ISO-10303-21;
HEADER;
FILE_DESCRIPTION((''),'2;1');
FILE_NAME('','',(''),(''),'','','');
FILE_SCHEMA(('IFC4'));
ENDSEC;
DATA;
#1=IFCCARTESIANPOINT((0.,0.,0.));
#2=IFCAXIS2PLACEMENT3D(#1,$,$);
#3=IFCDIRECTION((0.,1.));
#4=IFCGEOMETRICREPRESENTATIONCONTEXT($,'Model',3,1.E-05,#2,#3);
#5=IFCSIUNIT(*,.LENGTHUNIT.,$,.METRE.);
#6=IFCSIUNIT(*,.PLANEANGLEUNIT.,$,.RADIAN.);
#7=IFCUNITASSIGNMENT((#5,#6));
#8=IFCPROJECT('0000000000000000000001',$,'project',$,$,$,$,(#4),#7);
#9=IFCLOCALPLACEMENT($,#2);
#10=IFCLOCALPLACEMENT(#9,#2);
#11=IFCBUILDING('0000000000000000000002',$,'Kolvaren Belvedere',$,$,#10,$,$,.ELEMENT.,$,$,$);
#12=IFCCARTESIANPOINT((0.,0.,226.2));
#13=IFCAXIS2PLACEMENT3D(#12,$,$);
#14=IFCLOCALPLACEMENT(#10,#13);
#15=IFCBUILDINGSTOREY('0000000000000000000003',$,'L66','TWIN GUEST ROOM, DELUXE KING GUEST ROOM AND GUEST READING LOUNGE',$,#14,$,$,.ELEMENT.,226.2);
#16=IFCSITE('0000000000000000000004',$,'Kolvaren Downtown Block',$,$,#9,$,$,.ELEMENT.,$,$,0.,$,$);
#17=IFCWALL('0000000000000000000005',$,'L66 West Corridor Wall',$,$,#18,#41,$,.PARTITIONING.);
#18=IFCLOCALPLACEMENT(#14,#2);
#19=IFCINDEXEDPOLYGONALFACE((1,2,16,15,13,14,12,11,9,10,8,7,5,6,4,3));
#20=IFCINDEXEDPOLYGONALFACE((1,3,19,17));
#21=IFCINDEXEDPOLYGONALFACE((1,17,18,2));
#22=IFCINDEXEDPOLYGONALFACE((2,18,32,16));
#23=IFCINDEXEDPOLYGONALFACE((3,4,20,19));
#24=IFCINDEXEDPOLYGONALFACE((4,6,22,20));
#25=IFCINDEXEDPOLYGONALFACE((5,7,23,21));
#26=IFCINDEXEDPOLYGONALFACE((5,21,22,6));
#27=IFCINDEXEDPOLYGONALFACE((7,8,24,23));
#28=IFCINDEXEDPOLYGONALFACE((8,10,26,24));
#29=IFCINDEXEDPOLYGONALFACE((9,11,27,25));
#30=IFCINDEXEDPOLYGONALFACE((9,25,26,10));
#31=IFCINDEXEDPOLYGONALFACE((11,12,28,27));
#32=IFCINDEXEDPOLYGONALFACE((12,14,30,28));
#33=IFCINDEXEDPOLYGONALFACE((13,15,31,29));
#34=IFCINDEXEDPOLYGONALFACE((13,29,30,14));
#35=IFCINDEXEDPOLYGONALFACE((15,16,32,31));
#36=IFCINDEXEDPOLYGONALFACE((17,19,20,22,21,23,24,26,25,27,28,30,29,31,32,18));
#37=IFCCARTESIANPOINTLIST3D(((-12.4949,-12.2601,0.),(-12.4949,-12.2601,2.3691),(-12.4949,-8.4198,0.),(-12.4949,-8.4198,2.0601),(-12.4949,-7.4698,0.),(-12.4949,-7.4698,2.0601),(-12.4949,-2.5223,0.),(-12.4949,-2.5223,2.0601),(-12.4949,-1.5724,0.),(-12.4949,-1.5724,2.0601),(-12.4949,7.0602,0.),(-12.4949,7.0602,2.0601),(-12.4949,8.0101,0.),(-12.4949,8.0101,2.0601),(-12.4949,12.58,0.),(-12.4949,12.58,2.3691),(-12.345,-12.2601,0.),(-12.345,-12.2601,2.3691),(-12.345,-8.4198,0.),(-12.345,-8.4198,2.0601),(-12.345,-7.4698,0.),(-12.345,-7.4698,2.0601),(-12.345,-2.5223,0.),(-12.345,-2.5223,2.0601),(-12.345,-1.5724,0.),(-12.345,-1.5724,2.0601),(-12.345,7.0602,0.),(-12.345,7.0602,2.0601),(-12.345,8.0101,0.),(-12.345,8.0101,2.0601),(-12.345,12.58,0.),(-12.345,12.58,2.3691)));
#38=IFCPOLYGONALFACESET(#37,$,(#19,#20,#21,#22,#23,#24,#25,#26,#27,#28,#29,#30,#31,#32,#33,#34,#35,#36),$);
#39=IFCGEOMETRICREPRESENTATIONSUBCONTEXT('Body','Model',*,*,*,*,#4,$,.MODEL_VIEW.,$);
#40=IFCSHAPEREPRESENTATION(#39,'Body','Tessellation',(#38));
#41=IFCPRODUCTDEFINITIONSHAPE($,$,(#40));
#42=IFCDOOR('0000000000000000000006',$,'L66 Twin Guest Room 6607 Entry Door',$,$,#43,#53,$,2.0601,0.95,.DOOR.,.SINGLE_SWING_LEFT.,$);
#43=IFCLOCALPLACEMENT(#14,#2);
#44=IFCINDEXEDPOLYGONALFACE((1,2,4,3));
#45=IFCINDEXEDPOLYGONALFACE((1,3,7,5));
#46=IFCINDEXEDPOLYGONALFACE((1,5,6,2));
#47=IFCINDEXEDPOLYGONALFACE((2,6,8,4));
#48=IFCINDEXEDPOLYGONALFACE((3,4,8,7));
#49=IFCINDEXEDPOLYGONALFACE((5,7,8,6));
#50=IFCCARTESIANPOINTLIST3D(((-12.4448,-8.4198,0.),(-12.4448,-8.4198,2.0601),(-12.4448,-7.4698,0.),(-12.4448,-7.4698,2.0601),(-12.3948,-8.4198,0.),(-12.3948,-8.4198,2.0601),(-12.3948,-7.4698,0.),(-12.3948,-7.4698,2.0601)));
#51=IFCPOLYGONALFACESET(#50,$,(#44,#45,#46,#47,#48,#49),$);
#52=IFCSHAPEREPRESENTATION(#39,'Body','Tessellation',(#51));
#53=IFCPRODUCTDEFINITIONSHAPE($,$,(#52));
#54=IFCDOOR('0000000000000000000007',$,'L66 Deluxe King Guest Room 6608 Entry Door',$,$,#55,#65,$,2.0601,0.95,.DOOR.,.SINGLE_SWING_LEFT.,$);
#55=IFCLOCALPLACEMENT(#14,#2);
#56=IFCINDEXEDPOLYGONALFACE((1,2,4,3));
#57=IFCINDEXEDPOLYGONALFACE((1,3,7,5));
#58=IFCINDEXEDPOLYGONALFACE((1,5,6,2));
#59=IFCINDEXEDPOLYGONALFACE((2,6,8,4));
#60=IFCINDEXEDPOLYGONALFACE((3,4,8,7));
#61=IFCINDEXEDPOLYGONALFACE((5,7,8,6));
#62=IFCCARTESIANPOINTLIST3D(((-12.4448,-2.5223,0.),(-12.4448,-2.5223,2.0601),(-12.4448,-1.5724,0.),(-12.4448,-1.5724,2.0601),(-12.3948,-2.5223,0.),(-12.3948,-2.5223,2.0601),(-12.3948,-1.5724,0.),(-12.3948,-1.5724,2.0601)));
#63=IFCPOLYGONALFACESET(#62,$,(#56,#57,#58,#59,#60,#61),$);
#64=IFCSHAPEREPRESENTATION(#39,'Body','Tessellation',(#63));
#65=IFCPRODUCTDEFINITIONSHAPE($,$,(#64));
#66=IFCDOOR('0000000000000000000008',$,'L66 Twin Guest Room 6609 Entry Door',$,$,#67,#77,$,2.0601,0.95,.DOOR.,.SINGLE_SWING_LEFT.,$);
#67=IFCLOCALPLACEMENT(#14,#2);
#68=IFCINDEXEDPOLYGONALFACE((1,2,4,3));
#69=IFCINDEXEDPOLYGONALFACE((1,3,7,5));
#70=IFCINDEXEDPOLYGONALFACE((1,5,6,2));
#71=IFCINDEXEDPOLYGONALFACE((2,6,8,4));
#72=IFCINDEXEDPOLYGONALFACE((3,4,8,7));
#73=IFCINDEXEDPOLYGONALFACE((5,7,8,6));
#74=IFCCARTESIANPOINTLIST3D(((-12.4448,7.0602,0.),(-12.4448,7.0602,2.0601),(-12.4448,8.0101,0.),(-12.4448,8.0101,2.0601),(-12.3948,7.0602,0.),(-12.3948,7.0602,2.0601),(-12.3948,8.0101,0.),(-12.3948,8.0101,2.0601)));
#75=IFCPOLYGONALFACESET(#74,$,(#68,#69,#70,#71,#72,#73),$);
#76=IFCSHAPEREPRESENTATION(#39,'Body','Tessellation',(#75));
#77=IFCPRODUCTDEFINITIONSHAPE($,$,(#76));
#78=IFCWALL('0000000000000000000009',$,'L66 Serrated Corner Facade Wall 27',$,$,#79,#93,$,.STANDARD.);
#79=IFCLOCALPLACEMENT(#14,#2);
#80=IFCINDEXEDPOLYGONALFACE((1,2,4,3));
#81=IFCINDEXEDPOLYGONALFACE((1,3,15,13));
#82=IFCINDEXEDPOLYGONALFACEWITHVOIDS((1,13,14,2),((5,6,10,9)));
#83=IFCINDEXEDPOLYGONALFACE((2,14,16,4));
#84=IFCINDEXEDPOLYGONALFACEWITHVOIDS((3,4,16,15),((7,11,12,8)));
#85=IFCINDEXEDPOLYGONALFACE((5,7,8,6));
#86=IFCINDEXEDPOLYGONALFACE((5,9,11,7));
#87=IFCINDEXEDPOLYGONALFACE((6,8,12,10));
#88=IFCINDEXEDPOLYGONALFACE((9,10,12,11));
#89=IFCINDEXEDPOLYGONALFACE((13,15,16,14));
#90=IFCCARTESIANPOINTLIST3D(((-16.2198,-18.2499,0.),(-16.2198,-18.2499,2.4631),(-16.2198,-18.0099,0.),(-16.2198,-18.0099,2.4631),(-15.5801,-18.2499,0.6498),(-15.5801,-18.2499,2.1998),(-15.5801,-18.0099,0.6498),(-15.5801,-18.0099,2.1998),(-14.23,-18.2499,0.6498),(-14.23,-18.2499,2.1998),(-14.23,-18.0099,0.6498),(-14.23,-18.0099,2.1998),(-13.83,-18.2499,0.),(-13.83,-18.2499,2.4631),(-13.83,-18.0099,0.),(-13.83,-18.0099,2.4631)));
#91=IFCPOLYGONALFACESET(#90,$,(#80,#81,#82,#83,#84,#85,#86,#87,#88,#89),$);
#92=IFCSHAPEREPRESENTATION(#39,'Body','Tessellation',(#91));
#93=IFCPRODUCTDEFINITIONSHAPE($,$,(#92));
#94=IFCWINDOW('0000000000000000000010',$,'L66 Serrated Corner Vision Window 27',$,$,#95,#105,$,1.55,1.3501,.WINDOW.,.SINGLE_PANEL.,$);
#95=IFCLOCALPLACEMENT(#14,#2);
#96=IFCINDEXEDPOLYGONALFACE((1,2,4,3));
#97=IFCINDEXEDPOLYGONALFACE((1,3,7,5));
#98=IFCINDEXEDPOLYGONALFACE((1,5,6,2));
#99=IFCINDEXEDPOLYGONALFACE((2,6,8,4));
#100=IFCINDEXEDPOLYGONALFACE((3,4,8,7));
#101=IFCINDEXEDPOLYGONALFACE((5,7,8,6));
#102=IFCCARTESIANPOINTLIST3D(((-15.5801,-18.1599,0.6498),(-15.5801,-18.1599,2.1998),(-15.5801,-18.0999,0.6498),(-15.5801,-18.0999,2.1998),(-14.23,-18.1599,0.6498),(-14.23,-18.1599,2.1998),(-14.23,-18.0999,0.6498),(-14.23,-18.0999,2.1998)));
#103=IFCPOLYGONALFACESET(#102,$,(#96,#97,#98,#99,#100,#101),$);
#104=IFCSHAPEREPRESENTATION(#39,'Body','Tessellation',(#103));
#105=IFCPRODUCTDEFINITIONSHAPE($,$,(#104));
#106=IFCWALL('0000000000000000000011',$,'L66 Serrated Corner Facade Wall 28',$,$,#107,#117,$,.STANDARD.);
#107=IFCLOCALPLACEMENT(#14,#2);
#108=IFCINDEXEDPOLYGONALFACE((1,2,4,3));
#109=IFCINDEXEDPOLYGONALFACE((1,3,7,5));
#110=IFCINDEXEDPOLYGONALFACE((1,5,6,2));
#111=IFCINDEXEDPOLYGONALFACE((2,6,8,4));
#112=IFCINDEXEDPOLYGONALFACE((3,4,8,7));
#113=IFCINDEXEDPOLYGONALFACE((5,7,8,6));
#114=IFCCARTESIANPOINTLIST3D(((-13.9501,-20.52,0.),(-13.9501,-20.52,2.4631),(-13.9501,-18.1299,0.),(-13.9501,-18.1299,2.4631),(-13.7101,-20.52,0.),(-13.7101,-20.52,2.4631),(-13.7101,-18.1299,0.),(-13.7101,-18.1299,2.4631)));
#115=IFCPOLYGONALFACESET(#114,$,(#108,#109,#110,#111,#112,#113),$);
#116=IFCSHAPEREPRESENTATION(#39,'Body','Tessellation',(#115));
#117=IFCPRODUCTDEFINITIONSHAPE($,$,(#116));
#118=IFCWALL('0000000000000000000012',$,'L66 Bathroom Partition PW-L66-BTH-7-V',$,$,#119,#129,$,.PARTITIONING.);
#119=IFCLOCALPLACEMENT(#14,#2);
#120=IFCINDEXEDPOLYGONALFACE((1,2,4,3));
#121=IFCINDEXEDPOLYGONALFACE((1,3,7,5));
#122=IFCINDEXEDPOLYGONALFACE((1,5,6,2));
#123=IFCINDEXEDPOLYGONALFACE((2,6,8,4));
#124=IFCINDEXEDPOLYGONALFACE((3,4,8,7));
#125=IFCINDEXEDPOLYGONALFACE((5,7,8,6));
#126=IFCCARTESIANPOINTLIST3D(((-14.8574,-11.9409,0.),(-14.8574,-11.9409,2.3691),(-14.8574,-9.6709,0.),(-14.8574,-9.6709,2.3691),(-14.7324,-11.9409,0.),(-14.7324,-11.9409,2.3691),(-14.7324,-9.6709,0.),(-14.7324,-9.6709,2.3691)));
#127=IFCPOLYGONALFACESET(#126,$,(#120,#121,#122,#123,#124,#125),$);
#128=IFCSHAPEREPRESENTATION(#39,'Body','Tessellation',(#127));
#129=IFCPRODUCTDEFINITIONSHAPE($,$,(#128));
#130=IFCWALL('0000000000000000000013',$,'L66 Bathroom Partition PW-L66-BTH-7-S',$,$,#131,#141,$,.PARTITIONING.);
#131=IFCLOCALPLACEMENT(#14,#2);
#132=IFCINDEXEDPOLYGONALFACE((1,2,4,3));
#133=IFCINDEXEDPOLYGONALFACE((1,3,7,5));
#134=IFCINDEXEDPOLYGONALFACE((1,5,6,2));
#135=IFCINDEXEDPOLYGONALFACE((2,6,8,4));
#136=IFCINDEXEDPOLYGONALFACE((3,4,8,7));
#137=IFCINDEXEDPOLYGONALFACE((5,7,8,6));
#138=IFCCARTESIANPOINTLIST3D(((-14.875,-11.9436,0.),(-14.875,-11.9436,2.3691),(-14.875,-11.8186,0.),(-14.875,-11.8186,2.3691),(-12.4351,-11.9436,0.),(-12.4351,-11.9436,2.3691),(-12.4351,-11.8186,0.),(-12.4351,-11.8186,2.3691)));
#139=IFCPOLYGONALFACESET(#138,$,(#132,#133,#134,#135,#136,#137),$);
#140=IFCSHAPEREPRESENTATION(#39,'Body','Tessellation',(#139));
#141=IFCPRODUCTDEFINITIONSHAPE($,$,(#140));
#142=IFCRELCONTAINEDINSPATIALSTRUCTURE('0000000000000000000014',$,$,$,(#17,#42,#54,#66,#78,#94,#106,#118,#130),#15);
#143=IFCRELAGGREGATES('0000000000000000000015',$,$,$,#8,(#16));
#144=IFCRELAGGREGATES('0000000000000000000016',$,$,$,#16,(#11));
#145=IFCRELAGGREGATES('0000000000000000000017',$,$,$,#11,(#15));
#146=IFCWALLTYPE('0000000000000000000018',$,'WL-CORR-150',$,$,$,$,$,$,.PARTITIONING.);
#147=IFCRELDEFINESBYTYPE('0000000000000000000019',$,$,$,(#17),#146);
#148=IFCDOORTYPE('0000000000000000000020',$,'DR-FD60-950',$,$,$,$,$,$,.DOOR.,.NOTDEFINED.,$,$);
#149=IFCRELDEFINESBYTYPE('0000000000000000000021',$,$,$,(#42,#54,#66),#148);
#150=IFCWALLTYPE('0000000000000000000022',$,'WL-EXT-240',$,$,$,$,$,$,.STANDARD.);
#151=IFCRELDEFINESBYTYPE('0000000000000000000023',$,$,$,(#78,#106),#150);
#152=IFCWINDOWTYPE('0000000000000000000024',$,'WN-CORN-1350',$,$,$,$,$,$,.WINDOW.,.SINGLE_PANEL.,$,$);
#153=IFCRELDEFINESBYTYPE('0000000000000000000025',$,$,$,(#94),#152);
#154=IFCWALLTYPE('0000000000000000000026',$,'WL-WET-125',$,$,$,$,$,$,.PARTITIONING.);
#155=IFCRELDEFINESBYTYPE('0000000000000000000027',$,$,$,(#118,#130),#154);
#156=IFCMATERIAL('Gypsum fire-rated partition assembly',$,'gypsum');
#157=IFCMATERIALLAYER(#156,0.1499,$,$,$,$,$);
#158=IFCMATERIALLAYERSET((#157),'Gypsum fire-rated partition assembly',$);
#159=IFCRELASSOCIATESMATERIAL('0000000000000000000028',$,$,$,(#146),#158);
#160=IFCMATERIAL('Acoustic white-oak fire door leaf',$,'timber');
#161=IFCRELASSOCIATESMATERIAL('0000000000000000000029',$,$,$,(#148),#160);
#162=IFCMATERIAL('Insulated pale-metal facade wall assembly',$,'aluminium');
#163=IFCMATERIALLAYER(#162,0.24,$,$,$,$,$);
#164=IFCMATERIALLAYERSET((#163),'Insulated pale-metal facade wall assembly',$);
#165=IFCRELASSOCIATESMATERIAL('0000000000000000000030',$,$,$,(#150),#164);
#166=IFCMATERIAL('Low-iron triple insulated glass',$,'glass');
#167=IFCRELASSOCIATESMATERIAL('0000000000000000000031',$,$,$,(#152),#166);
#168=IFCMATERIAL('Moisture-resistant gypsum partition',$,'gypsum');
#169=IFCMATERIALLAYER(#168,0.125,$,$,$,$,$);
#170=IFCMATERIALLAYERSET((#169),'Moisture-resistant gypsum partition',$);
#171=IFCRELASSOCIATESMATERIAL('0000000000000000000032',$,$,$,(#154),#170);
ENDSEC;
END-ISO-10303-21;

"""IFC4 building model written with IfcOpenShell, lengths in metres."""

from ifc_helpers import new_model, si_unit, direction, frame, frame_2d, origin, place, context, subcontext, project, spatial, rectangle, extrude, material, layer, layer_set, type_object, element, fill, save


model = new_model("IFC4")

# Units and contexts
model_context = context("Model", 3, precision=1e-05, world=origin(), true_north=direction((0.0, 1.0)))
body_context = subcontext(model_context, "Body", "Model", "MODEL_VIEW")
ifc_project = project(units=[si_unit("LENGTHUNIT", "METRE"), si_unit("PLANEANGLEUNIT", "RADIAN")], contexts=[model_context])

# Site, building, storey
site_placement = place(None, origin())
site = spatial("IfcSite", under=ifc_project, at=site_placement, Name="Kolvaren Downtown Block", CompositionType="ELEMENT", RefElevation=0.0)
building_placement = place(site_placement, origin())
building = spatial("IfcBuilding", under=site, at=building_placement, Name="Kolvaren Belvedere", CompositionType="ELEMENT")
storey_placement = place(building_placement, frame((0.0, 0.0, 226.2)))
storey = spatial("IfcBuildingStorey", under=building, at=storey_placement, Name="L66", Description="TWIN GUEST ROOM, DELUXE KING GUEST ROOM AND GUEST READING LOUNGE", CompositionType="ELEMENT", Elevation=226.2)

# Wall, openings, doors
ifc_material_1 = material(Name="Gypsum fire-rated partition assembly", Category="gypsum")
ifc_layer_1 = layer(ifc_material_1, 0.1499)
ifc_layer_set_1 = layer_set([ifc_layer_1], Name="Gypsum fire-rated partition assembly")
wall_type_1 = type_object("IfcWallType", Name="WL-CORR-150", PredefinedType="PARTITIONING", material=ifc_layer_set_1)
wall_1_placement = place(storey_placement, frame((-12.4199, -12.26, 0.0), z_axis=(0.0, 0.0, 1.0), x_axis=(0.0, 1.0, 0.0)))
wall_1 = element("IfcWall", 1, at=wall_1_placement, inside=storey, type_object=wall_type_1, Name="L66 West Corridor Wall", PredefinedType="PARTITIONING", context=body_context, shape_type="SweptSolid", body=[
    extrude(rectangle(XDim=24.8401, YDim=0.1499, at=frame_2d((12.4199, 0.0))), origin(), (0.0, 0.0, 1.0), 2.3691),
])
opening_1_placement = place(wall_1_placement, frame((3.8401, 0.0, 0.0)))
opening_1 = element("IfcOpeningElement", 2, at=opening_1_placement, cuts=wall_1, PredefinedType="OPENING", context=body_context, shape_type="SweptSolid", body=[
    extrude(rectangle(XDim=0.95, YDim=2.0601, at=frame_2d((0.4751, 1.03))), frame((0.0, 0.085, 0.0), z_axis=(0.0, -1.0, 0.0), x_axis=(1.0, 0.0, 0.0)), (0.0, 0.0, 1.0), 0.1699),
])
opening_2_placement = place(wall_1_placement, frame((9.7375, 0.0, 0.0)))
opening_2 = element("IfcOpeningElement", 3, at=opening_2_placement, cuts=wall_1, PredefinedType="OPENING", context=body_context, shape_type="SweptSolid", body=[
    extrude(rectangle(XDim=0.95, YDim=2.0601, at=frame_2d((0.4751, 1.03))), frame((0.0, 0.085, 0.0), z_axis=(0.0, -1.0, 0.0), x_axis=(1.0, 0.0, 0.0)), (0.0, 0.0, 1.0), 0.1699),
])
opening_3_placement = place(wall_1_placement, frame((19.3201, 0.0, 0.0)))
opening_3 = element("IfcOpeningElement", 4, at=opening_3_placement, cuts=wall_1, PredefinedType="OPENING", context=body_context, shape_type="SweptSolid", body=[
    extrude(rectangle(XDim=0.95, YDim=2.0601, at=frame_2d((0.4751, 1.03))), frame((0.0, 0.085, 0.0), z_axis=(0.0, -1.0, 0.0), x_axis=(1.0, 0.0, 0.0)), (0.0, 0.0, 1.0), 0.1699),
])
ifc_material_2 = material(Name="Acoustic white-oak fire door leaf", Category="timber")
door_type_1 = type_object("IfcDoorType", Name="DR-FD60-950", OperationType="NOTDEFINED", PredefinedType="DOOR", material=ifc_material_2)
door_1_placement = place(opening_1_placement, origin())
door_1 = element("IfcDoor", 5, at=door_1_placement, inside=storey, type_object=door_type_1, Name="L66 Twin Guest Room 6607 Entry Door", OperationType="SINGLE_SWING_LEFT", OverallHeight=2.0601, OverallWidth=0.95, PredefinedType="DOOR", context=body_context, shape_type="SweptSolid", body=[
    extrude(rectangle(XDim=0.95, YDim=2.0601, at=frame_2d((0.4751, 1.03))), frame((0.0, 0.0249, 0.0), z_axis=(0.0, -1.0, 0.0), x_axis=(1.0, 0.0, 0.0)), (0.0, 0.0, 1.0), 0.05),
])
fill(opening_1, door_1)
door_2_placement = place(opening_2_placement, origin())
door_2 = element("IfcDoor", 6, at=door_2_placement, inside=storey, type_object=door_type_1, Name="L66 Deluxe King Guest Room 6608 Entry Door", OperationType="SINGLE_SWING_LEFT", OverallHeight=2.0601, OverallWidth=0.95, PredefinedType="DOOR", context=body_context, shape_type="SweptSolid", body=[
    extrude(rectangle(XDim=0.95, YDim=2.0601, at=frame_2d((0.4751, 1.03))), frame((0.0, 0.0249, 0.0), z_axis=(0.0, -1.0, 0.0), x_axis=(1.0, 0.0, 0.0)), (0.0, 0.0, 1.0), 0.05),
])
fill(opening_2, door_2)
door_3_placement = place(opening_3_placement, origin())
door_3 = element("IfcDoor", 7, at=door_3_placement, inside=storey, type_object=door_type_1, Name="L66 Twin Guest Room 6609 Entry Door", OperationType="SINGLE_SWING_LEFT", OverallHeight=2.0601, OverallWidth=0.95, PredefinedType="DOOR", context=body_context, shape_type="SweptSolid", body=[
    extrude(rectangle(XDim=0.95, YDim=2.0601, at=frame_2d((0.4751, 1.03))), frame((0.0, 0.0249, 0.0), z_axis=(0.0, -1.0, 0.0), x_axis=(1.0, 0.0, 0.0)), (0.0, 0.0, 1.0), 0.05),
])
fill(opening_3, door_3)

# Wall, opening, window
ifc_material_3 = material(Name="Insulated pale-metal facade wall assembly", Category="aluminium")
ifc_layer_2 = layer(ifc_material_3, 0.24)
ifc_layer_set_2 = layer_set([ifc_layer_2], Name="Insulated pale-metal facade wall assembly")
wall_type_2 = type_object("IfcWallType", Name="WL-EXT-240", PredefinedType="STANDARD", material=ifc_layer_set_2)
wall_2_placement = place(storey_placement, frame((-13.8301, -18.1299, 0.0), z_axis=(0.0, 0.0, 1.0), x_axis=(-1.0, 0.0, 0.0)))
wall_2 = element("IfcWall", 8, at=wall_2_placement, inside=storey, type_object=wall_type_2, Name="L66 Serrated Corner Facade Wall 27", PredefinedType="STANDARD", context=body_context, shape_type="SweptSolid", body=[
    extrude(rectangle(XDim=2.3899, YDim=0.24, at=frame_2d((1.1948, 0.0))), origin(), (0.0, 0.0, 1.0), 2.4631),
])
opening_4_placement = place(wall_2_placement, frame((0.3999, 0.0, 0.6499)))
opening_4 = element("IfcOpeningElement", 9, at=opening_4_placement, cuts=wall_2, PredefinedType="OPENING", context=body_context, shape_type="SweptSolid", body=[
    extrude(rectangle(XDim=1.3501, YDim=1.55, at=frame_2d((0.675, 0.7749))), frame((0.0, 0.1299, 0.0), z_axis=(0.0, -1.0, 0.0), x_axis=(1.0, 0.0, 0.0)), (0.0, 0.0, 1.0), 0.26),
])
ifc_material_4 = material(Name="Low-iron triple insulated glass", Category="glass")
window_type = type_object("IfcWindowType", Name="WN-CORN-1350", PartitioningType="SINGLE_PANEL", PredefinedType="WINDOW", material=ifc_material_4)
window_placement = place(opening_4_placement, origin())
window = element("IfcWindow", 10, at=window_placement, inside=storey, type_object=window_type, Name="L66 Serrated Corner Vision Window 27", OverallHeight=1.55, OverallWidth=1.3501, PartitioningType="SINGLE_PANEL", PredefinedType="WINDOW", context=body_context, shape_type="SweptSolid", body=[
    extrude(rectangle(XDim=1.3501, YDim=1.55, at=frame_2d((0.675, 0.7749))), frame((0.0, 0.03, 0.0), z_axis=(0.0, -1.0, 0.0), x_axis=(1.0, 0.0, 0.0)), (0.0, 0.0, 1.0), 0.0601),
])
fill(opening_4, window)

# Walls
wall_3_placement = place(storey_placement, frame((-13.8301, -20.52, 0.0), z_axis=(0.0, 0.0, 1.0), x_axis=(0.0, 1.0, 0.0)))
element("IfcWall", 11, at=wall_3_placement, inside=storey, type_object=wall_type_2, Name="L66 Serrated Corner Facade Wall 28", PredefinedType="STANDARD", context=body_context, shape_type="SweptSolid", body=[
    extrude(rectangle(XDim=2.3901, YDim=0.24, at=frame_2d((1.1951, 0.0))), origin(), (0.0, 0.0, 1.0), 2.4631),
])
ifc_material_5 = material(Name="Moisture-resistant gypsum partition", Category="gypsum")
ifc_layer_3 = layer(ifc_material_5, 0.125)
ifc_layer_set_3 = layer_set([ifc_layer_3], Name="Moisture-resistant gypsum partition")
wall_type_3 = type_object("IfcWallType", Name="WL-WET-125", PredefinedType="PARTITIONING", material=ifc_layer_set_3)
wall_4_placement = place(storey_placement, frame((-14.7949, -11.9409, 0.0), z_axis=(0.0, 0.0, 1.0), x_axis=(0.0, 1.0, 0.0)))
element("IfcWall", 12, at=wall_4_placement, inside=storey, type_object=wall_type_3, Name="L66 Bathroom Partition PW-L66-BTH-7-V", PredefinedType="PARTITIONING", context=body_context, shape_type="SweptSolid", body=[
    extrude(rectangle(XDim=2.27, YDim=0.125, at=frame_2d((1.135, 0.0))), origin(), (0.0, 0.0, 1.0), 2.3691),
])
wall_5_placement = place(storey_placement, frame((-14.875, -11.8811, 0.0), z_axis=(0.0, 0.0, 1.0), x_axis=(1.0, 0.0, 0.0)))
element("IfcWall", 13, at=wall_5_placement, inside=storey, type_object=wall_type_3, Name="L66 Bathroom Partition PW-L66-BTH-7-S", PredefinedType="PARTITIONING", context=body_context, shape_type="SweptSolid", body=[
    extrude(rectangle(XDim=2.4399, YDim=0.125, at=frame_2d((1.22, 0.0))), origin(), (0.0, 0.0, 1.0), 2.3691),
])

save(model, "model.ifc")
